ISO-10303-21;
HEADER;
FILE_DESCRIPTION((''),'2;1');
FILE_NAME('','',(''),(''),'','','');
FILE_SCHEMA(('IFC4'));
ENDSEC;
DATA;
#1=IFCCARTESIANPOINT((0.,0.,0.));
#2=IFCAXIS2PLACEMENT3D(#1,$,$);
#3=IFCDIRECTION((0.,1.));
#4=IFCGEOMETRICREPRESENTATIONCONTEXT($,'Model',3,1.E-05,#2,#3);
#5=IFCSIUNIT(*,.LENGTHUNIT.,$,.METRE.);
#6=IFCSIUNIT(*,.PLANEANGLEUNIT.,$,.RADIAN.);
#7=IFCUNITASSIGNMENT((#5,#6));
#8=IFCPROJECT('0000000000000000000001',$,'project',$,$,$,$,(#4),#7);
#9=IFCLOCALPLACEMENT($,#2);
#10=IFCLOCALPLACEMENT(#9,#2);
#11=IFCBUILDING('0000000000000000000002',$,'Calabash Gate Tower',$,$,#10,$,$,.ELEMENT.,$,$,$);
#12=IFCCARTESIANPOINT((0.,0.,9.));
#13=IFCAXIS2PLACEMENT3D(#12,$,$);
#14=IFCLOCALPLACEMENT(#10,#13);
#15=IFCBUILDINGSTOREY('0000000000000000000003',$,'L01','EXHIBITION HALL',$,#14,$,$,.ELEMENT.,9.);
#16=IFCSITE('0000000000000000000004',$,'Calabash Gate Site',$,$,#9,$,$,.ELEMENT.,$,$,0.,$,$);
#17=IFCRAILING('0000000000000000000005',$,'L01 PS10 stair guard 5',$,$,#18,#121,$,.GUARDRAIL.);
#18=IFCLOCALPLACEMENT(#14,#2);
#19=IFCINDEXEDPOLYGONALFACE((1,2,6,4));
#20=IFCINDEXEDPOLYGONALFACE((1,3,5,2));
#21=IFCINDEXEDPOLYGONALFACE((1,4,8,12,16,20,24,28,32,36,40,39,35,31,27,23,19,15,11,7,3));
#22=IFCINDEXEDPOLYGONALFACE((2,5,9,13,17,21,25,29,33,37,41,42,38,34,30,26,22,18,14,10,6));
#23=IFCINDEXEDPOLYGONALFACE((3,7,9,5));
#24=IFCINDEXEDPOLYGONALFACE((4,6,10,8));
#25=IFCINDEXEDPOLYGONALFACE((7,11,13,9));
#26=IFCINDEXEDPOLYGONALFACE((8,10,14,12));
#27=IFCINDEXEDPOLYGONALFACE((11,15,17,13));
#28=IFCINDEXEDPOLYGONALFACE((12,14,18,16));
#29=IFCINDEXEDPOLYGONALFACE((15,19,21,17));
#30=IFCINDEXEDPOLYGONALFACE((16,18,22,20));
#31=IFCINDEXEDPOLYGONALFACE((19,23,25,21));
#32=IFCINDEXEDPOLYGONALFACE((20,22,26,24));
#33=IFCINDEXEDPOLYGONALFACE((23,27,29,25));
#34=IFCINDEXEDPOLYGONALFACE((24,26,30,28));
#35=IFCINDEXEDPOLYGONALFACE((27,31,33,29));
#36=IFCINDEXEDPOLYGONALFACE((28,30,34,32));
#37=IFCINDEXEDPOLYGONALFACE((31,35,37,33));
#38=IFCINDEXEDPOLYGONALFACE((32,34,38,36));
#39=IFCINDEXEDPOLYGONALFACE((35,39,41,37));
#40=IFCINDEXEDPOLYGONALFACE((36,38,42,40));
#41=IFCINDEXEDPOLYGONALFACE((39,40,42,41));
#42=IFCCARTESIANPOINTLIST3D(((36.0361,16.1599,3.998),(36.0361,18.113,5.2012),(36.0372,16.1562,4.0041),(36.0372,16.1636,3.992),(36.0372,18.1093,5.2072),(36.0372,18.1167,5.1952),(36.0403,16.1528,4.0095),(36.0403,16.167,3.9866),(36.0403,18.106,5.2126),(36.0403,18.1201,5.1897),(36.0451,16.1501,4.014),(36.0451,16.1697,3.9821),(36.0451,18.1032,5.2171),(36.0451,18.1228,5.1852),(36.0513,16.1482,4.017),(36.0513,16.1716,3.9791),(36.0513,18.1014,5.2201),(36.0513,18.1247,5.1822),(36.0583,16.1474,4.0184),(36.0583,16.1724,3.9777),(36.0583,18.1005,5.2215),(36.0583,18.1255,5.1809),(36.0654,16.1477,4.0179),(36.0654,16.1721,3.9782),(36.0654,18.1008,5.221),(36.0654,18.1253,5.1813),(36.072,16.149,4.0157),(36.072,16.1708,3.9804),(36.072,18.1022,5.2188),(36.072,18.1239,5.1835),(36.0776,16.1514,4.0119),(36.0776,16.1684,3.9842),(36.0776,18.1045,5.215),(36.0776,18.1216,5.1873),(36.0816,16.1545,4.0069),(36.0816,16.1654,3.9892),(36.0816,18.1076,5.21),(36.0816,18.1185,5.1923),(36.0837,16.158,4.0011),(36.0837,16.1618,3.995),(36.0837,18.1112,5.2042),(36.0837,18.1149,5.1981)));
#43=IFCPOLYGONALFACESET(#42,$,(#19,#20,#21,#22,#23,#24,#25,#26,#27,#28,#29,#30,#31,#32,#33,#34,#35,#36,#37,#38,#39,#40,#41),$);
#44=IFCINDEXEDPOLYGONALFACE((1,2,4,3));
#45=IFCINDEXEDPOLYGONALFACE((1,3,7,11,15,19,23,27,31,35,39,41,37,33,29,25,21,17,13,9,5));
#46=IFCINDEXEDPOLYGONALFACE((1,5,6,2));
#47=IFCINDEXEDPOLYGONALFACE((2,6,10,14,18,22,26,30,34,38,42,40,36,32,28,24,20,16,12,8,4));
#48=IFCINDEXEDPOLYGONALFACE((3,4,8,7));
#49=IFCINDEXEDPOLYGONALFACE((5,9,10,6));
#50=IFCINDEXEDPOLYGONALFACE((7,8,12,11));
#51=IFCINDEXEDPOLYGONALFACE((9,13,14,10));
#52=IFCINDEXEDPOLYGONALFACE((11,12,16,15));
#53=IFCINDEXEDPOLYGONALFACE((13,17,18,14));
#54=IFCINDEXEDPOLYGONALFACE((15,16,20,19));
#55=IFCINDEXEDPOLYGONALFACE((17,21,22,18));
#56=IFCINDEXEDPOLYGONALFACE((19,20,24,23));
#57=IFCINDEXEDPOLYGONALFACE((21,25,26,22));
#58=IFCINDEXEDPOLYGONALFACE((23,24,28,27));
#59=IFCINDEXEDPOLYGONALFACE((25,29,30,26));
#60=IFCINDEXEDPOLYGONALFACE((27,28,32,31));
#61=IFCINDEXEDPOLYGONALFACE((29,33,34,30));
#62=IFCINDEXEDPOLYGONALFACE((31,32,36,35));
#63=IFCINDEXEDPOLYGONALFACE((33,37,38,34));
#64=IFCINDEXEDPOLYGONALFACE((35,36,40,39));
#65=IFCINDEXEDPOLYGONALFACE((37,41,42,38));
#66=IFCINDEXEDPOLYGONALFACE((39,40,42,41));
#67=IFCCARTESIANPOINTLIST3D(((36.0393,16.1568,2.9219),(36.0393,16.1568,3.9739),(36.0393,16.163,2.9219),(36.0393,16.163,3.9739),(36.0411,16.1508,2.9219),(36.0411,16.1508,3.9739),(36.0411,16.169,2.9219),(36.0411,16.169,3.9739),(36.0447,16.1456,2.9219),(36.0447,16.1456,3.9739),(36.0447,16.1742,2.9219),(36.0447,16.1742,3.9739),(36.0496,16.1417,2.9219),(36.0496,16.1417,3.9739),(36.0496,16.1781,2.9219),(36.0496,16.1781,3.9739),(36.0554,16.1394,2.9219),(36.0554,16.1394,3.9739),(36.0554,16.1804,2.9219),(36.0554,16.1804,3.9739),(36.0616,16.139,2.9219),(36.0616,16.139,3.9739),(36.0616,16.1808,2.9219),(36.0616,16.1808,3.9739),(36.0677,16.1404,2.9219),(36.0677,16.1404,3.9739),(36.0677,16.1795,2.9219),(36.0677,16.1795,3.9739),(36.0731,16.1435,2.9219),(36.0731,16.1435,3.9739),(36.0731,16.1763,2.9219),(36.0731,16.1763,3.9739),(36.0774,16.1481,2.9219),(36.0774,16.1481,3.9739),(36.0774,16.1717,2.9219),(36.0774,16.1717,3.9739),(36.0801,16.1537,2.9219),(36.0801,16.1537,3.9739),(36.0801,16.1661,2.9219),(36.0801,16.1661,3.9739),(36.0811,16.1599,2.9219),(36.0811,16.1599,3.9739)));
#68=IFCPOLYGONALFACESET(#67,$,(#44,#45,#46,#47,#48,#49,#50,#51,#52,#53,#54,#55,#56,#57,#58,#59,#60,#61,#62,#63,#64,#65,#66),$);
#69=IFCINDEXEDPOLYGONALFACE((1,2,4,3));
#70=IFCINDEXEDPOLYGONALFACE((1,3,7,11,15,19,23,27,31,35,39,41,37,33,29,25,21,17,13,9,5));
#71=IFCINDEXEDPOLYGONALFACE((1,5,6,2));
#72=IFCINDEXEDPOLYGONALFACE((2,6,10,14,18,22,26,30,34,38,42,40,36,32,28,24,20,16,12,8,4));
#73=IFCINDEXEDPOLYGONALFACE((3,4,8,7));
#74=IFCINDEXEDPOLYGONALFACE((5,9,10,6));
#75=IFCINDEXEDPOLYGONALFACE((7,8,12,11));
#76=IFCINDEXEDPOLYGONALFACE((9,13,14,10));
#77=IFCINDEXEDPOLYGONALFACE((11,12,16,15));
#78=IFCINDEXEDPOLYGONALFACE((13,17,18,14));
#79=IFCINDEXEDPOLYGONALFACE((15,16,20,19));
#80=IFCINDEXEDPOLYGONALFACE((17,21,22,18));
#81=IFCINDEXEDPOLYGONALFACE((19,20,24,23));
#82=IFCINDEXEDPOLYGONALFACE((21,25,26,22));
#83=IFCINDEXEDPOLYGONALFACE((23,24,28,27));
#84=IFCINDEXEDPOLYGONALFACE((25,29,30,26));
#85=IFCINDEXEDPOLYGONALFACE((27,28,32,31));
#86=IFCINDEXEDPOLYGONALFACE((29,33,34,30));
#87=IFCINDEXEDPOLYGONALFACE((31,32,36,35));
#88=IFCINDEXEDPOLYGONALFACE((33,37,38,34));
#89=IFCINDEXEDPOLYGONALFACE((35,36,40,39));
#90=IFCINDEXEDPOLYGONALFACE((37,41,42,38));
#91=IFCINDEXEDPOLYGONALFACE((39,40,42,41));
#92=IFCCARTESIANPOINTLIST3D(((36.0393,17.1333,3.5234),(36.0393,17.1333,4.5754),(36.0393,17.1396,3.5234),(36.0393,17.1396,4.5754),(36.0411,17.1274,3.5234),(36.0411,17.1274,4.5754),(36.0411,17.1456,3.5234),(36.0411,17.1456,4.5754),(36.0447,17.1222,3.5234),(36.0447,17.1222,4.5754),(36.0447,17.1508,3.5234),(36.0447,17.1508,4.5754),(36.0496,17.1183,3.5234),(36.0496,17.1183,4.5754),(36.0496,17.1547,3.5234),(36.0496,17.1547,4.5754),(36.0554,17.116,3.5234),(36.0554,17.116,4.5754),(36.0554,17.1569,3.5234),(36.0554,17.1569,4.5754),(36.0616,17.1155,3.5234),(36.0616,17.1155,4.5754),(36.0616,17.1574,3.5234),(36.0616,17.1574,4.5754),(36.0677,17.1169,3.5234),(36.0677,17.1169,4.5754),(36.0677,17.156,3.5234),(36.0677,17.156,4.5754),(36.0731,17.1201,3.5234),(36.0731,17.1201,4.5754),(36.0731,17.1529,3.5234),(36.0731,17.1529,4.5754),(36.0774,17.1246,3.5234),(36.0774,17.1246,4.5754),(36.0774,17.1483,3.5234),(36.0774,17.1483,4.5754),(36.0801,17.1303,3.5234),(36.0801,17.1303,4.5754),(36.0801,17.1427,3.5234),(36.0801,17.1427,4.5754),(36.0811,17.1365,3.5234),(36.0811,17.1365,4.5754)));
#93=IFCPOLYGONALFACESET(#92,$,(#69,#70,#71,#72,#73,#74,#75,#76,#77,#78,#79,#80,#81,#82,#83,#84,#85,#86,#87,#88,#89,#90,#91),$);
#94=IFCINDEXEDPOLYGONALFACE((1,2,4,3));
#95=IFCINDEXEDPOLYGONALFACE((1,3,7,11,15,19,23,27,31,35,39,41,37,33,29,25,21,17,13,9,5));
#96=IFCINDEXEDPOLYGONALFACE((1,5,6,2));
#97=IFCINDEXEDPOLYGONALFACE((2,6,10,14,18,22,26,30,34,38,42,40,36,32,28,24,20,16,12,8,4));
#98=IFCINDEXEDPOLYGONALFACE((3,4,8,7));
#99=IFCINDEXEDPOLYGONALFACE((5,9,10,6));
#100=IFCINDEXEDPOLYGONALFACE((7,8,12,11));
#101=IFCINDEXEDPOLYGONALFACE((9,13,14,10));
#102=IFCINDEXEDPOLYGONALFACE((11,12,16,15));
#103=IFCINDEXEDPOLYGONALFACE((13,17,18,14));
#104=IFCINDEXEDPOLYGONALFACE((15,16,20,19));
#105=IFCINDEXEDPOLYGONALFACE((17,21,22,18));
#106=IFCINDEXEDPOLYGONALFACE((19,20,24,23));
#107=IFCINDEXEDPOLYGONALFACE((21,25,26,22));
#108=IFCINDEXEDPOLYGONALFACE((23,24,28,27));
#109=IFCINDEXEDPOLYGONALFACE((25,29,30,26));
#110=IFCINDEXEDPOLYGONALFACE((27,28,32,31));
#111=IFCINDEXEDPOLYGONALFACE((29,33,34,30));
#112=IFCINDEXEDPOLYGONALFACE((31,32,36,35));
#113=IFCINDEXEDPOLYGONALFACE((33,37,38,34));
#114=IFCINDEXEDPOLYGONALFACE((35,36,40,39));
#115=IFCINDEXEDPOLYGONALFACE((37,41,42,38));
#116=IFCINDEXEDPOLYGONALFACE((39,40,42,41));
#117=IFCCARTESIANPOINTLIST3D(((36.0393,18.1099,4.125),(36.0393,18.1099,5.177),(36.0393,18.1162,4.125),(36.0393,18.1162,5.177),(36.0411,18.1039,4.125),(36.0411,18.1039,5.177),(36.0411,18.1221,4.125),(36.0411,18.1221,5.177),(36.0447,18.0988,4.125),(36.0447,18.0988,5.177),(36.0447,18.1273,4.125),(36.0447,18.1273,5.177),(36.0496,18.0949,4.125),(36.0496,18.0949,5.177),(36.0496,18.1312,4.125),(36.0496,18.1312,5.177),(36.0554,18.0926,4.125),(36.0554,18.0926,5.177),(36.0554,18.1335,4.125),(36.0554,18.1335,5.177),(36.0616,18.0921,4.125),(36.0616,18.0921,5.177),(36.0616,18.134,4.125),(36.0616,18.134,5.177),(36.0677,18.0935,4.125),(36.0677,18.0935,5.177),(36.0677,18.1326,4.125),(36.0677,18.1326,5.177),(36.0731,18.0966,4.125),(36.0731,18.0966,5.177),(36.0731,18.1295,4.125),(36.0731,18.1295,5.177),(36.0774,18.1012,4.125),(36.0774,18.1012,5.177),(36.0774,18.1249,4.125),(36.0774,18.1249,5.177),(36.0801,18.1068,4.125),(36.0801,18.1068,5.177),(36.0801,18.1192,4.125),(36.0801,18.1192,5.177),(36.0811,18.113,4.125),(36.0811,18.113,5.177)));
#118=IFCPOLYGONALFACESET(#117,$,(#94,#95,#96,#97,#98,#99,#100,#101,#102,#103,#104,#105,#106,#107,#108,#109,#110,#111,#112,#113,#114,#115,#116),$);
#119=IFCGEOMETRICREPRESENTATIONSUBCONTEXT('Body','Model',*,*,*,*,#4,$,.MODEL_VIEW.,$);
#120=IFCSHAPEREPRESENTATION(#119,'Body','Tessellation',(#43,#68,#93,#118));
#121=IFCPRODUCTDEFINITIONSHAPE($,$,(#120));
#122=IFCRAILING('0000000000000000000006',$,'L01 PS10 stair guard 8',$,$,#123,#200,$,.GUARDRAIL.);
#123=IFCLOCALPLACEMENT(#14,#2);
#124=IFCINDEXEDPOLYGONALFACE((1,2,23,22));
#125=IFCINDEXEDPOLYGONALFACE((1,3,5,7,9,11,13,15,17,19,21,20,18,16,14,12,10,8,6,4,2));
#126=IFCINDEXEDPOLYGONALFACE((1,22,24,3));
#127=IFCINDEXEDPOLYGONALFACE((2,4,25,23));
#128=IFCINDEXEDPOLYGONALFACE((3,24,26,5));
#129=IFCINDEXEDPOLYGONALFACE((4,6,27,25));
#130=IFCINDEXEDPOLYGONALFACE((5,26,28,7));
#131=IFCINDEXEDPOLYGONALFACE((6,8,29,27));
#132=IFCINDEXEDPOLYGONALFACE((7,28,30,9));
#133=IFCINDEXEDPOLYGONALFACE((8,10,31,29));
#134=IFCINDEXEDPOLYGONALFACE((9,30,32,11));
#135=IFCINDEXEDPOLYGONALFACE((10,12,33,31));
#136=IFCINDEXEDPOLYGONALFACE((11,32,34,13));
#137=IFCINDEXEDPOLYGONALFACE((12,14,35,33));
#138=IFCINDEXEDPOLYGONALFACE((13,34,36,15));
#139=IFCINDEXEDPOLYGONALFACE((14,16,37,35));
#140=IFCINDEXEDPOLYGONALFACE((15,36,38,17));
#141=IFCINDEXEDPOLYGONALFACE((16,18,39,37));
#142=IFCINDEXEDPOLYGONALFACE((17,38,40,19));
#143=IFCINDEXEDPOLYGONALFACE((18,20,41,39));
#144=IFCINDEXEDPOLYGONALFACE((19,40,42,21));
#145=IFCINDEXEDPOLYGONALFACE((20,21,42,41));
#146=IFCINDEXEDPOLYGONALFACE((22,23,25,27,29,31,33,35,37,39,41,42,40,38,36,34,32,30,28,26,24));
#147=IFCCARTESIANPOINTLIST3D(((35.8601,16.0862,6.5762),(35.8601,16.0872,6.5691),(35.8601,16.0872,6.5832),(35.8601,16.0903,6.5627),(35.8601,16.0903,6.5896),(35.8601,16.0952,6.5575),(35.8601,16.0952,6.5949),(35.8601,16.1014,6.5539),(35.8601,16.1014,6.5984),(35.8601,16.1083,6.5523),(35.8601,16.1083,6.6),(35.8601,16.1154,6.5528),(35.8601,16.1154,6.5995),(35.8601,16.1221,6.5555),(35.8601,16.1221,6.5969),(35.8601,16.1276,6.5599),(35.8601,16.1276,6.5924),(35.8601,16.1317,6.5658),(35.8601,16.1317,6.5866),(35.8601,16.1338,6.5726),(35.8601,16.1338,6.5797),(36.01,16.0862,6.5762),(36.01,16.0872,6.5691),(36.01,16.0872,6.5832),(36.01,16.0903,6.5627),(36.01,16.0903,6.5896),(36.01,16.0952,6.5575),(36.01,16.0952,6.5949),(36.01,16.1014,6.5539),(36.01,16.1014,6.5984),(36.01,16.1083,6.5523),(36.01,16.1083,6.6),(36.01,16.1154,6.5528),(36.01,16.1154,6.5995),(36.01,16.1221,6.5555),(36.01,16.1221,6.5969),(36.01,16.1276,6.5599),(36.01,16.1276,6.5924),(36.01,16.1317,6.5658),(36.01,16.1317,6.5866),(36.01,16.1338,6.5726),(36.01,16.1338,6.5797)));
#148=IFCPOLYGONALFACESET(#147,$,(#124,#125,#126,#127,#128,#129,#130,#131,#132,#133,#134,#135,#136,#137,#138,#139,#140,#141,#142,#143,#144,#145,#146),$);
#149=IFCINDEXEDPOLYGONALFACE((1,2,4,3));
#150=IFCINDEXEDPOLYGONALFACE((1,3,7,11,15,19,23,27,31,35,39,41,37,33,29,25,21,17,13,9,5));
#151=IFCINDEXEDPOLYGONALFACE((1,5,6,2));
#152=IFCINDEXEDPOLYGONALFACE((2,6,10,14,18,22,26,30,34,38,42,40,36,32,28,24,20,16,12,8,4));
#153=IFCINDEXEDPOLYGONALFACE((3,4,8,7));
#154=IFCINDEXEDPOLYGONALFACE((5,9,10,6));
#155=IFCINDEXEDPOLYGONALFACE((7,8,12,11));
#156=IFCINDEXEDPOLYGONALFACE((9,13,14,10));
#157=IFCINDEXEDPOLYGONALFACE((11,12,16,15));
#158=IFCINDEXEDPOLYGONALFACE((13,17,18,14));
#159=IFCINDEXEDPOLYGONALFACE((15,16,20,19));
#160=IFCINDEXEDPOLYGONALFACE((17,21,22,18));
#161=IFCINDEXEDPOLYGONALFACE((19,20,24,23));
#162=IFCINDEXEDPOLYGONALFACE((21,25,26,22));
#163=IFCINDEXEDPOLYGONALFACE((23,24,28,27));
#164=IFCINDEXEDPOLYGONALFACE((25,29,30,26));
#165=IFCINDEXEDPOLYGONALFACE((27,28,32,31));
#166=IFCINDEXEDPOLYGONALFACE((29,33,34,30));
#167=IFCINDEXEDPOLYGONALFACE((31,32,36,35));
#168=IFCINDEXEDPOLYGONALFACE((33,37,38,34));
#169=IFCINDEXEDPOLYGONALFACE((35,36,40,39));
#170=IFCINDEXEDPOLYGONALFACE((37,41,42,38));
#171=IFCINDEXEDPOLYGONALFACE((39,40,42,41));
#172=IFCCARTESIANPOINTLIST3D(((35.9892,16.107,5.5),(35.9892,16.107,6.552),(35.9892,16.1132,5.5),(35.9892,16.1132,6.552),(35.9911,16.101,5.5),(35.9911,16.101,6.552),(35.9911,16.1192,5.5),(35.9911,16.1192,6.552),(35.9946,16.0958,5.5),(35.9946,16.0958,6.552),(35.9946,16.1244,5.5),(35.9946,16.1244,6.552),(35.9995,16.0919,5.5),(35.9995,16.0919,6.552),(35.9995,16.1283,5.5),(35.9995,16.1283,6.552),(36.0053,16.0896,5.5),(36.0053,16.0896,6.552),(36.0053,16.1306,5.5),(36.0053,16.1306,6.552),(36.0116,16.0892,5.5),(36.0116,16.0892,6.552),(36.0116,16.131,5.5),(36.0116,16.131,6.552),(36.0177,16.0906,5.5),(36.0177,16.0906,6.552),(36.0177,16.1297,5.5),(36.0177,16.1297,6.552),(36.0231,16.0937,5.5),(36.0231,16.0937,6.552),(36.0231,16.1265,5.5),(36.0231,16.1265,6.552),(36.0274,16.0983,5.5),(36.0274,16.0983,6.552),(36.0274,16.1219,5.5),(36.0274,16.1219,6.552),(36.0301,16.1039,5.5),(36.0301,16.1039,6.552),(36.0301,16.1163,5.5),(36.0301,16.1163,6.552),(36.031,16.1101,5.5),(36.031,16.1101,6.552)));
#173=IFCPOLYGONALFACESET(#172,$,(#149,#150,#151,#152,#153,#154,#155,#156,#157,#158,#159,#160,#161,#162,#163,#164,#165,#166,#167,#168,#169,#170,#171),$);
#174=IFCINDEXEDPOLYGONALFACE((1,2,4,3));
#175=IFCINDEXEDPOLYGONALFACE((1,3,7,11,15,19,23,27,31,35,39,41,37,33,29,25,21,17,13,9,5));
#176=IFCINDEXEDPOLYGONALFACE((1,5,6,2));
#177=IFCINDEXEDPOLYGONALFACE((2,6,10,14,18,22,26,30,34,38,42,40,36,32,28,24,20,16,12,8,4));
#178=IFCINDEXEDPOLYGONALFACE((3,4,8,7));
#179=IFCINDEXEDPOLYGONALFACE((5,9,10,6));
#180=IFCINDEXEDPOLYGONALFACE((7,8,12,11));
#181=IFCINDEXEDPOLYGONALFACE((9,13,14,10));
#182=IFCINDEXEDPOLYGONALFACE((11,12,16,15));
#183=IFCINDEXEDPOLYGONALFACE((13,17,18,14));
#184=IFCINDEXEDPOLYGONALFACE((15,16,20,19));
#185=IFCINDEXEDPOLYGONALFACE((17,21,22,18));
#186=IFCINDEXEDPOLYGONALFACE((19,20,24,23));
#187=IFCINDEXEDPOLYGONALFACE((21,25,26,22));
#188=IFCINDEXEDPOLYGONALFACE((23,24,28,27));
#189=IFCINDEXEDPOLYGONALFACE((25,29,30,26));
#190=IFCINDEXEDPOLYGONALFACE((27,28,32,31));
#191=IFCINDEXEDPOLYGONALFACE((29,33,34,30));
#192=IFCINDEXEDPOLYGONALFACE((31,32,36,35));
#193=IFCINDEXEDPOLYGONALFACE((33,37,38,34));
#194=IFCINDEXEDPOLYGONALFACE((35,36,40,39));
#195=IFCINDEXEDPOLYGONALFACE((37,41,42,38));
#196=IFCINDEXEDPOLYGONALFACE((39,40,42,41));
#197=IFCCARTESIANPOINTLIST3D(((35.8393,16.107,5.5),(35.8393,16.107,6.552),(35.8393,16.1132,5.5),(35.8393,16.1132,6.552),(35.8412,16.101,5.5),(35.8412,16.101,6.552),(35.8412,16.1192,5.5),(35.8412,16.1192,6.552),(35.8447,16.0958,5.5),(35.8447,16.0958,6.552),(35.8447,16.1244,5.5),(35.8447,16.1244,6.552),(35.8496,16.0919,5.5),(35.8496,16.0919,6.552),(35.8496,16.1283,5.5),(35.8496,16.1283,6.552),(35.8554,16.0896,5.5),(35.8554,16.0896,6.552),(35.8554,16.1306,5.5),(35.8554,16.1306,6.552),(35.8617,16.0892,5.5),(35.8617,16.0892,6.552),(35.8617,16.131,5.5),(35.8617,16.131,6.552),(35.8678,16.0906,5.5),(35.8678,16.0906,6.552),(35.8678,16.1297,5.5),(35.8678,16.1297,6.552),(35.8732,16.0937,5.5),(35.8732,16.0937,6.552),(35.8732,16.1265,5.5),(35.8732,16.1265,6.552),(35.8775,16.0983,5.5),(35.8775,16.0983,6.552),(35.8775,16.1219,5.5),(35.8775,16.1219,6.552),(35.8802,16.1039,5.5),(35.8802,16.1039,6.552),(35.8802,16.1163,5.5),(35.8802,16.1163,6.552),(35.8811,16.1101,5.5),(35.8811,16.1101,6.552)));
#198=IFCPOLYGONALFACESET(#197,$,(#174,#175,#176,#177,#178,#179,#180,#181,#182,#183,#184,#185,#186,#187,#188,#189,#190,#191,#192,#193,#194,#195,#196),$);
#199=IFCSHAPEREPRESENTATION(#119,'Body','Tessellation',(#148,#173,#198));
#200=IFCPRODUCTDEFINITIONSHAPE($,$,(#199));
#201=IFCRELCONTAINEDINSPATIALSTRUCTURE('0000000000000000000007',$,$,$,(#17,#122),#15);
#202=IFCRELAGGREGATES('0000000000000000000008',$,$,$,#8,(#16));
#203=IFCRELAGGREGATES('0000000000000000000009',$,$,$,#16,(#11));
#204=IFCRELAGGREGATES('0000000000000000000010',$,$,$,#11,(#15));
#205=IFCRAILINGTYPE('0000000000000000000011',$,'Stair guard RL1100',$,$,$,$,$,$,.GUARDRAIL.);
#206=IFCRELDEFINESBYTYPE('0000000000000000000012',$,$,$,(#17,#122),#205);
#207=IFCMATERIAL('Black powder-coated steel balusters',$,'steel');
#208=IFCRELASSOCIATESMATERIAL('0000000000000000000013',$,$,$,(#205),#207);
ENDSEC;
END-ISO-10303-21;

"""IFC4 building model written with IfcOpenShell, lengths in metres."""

from ifc_helpers import new_model, si_unit, direction, frame, origin, origin_2d, place, context, subcontext, project, spatial, circle, extrude, material, type_object, element, save


model = new_model("IFC4")

# Units and contexts
model_context = context("Model", 3, precision=1e-05, world=origin(), true_north=direction((0.0, 1.0)))
body_context = subcontext(model_context, "Body", "Model", "MODEL_VIEW")
ifc_project = project(units=[si_unit("LENGTHUNIT", "METRE"), si_unit("PLANEANGLEUNIT", "RADIAN")], contexts=[model_context])

# Site, building, storey
site_placement = place(None, origin())
site = spatial("IfcSite", under=ifc_project, at=site_placement, Name="Calabash Gate Site", CompositionType="ELEMENT", RefElevation=0.0)
building_placement = place(site_placement, origin())
building = spatial("IfcBuilding", under=site, at=building_placement, Name="Calabash Gate Tower", CompositionType="ELEMENT")
storey_placement = place(building_placement, frame((0.0, 0.0, 9.0)))
storey = spatial("IfcBuildingStorey", under=building, at=storey_placement, Name="L01", Description="EXHIBITION HALL", CompositionType="ELEMENT", Elevation=9.0)

# Railings
ifc_material_1 = material(Name="Black powder-coated steel balusters", Category="steel")
railing_type = type_object("IfcRailingType", Name="Stair guard RL1100", PredefinedType="GUARDRAIL", material=ifc_material_1)
railing_1_placement = place(storey_placement, frame((36.0601, 16.1599, 2.9219)))
element("IfcRailing", 1, at=railing_1_placement, inside=storey, type_object=railing_type, Name="L01 PS10 stair guard 5", PredefinedType="GUARDRAIL", context=body_context, shape_type="SweptSolid", body=[
    extrude(circle(Radius=0.0239, at=origin_2d()), frame((0.0, 0.0, 1.0762), z_axis=(0.0, 0.851424, 0.524477), x_axis=(-1.0, 0.0, 0.0)), (0.0, 0.0, 1.0), 2.2939),
    extrude(circle(Radius=0.021, at=origin_2d()), origin(), (0.0, 0.0, 1.0), 1.052),
    extrude(circle(Radius=0.021, at=origin_2d()), frame((0.0, 0.9766, 0.6016)), (0.0, 0.0, 1.0), 1.052),
    extrude(circle(Radius=0.021, at=origin_2d()), frame((0.0, 1.9531, 1.2031)), (0.0, 0.0, 1.0), 1.052),
])
railing_2_placement = place(storey_placement, frame((36.01, 16.1101, 5.5)))
element("IfcRailing", 2, at=railing_2_placement, inside=storey, type_object=railing_type, Name="L01 PS10 stair guard 8", PredefinedType="GUARDRAIL", context=body_context, shape_type="SweptSolid", body=[
    extrude(circle(Radius=0.0239, at=origin_2d()), frame((0.0, 0.0, 1.0762), z_axis=(-1.0, 0.0, 0.0), x_axis=(0.0, -1.0, 0.0)), (0.0, 0.0, 1.0), 0.1499),
    extrude(circle(Radius=0.021, at=origin_2d()), origin(), (0.0, 0.0, 1.0), 1.052),
    extrude(circle(Radius=0.021, at=origin_2d()), frame((-0.1499, 0.0, 0.0)), (0.0, 0.0, 1.0), 1.052),
])

save(model, "model.ifc")
